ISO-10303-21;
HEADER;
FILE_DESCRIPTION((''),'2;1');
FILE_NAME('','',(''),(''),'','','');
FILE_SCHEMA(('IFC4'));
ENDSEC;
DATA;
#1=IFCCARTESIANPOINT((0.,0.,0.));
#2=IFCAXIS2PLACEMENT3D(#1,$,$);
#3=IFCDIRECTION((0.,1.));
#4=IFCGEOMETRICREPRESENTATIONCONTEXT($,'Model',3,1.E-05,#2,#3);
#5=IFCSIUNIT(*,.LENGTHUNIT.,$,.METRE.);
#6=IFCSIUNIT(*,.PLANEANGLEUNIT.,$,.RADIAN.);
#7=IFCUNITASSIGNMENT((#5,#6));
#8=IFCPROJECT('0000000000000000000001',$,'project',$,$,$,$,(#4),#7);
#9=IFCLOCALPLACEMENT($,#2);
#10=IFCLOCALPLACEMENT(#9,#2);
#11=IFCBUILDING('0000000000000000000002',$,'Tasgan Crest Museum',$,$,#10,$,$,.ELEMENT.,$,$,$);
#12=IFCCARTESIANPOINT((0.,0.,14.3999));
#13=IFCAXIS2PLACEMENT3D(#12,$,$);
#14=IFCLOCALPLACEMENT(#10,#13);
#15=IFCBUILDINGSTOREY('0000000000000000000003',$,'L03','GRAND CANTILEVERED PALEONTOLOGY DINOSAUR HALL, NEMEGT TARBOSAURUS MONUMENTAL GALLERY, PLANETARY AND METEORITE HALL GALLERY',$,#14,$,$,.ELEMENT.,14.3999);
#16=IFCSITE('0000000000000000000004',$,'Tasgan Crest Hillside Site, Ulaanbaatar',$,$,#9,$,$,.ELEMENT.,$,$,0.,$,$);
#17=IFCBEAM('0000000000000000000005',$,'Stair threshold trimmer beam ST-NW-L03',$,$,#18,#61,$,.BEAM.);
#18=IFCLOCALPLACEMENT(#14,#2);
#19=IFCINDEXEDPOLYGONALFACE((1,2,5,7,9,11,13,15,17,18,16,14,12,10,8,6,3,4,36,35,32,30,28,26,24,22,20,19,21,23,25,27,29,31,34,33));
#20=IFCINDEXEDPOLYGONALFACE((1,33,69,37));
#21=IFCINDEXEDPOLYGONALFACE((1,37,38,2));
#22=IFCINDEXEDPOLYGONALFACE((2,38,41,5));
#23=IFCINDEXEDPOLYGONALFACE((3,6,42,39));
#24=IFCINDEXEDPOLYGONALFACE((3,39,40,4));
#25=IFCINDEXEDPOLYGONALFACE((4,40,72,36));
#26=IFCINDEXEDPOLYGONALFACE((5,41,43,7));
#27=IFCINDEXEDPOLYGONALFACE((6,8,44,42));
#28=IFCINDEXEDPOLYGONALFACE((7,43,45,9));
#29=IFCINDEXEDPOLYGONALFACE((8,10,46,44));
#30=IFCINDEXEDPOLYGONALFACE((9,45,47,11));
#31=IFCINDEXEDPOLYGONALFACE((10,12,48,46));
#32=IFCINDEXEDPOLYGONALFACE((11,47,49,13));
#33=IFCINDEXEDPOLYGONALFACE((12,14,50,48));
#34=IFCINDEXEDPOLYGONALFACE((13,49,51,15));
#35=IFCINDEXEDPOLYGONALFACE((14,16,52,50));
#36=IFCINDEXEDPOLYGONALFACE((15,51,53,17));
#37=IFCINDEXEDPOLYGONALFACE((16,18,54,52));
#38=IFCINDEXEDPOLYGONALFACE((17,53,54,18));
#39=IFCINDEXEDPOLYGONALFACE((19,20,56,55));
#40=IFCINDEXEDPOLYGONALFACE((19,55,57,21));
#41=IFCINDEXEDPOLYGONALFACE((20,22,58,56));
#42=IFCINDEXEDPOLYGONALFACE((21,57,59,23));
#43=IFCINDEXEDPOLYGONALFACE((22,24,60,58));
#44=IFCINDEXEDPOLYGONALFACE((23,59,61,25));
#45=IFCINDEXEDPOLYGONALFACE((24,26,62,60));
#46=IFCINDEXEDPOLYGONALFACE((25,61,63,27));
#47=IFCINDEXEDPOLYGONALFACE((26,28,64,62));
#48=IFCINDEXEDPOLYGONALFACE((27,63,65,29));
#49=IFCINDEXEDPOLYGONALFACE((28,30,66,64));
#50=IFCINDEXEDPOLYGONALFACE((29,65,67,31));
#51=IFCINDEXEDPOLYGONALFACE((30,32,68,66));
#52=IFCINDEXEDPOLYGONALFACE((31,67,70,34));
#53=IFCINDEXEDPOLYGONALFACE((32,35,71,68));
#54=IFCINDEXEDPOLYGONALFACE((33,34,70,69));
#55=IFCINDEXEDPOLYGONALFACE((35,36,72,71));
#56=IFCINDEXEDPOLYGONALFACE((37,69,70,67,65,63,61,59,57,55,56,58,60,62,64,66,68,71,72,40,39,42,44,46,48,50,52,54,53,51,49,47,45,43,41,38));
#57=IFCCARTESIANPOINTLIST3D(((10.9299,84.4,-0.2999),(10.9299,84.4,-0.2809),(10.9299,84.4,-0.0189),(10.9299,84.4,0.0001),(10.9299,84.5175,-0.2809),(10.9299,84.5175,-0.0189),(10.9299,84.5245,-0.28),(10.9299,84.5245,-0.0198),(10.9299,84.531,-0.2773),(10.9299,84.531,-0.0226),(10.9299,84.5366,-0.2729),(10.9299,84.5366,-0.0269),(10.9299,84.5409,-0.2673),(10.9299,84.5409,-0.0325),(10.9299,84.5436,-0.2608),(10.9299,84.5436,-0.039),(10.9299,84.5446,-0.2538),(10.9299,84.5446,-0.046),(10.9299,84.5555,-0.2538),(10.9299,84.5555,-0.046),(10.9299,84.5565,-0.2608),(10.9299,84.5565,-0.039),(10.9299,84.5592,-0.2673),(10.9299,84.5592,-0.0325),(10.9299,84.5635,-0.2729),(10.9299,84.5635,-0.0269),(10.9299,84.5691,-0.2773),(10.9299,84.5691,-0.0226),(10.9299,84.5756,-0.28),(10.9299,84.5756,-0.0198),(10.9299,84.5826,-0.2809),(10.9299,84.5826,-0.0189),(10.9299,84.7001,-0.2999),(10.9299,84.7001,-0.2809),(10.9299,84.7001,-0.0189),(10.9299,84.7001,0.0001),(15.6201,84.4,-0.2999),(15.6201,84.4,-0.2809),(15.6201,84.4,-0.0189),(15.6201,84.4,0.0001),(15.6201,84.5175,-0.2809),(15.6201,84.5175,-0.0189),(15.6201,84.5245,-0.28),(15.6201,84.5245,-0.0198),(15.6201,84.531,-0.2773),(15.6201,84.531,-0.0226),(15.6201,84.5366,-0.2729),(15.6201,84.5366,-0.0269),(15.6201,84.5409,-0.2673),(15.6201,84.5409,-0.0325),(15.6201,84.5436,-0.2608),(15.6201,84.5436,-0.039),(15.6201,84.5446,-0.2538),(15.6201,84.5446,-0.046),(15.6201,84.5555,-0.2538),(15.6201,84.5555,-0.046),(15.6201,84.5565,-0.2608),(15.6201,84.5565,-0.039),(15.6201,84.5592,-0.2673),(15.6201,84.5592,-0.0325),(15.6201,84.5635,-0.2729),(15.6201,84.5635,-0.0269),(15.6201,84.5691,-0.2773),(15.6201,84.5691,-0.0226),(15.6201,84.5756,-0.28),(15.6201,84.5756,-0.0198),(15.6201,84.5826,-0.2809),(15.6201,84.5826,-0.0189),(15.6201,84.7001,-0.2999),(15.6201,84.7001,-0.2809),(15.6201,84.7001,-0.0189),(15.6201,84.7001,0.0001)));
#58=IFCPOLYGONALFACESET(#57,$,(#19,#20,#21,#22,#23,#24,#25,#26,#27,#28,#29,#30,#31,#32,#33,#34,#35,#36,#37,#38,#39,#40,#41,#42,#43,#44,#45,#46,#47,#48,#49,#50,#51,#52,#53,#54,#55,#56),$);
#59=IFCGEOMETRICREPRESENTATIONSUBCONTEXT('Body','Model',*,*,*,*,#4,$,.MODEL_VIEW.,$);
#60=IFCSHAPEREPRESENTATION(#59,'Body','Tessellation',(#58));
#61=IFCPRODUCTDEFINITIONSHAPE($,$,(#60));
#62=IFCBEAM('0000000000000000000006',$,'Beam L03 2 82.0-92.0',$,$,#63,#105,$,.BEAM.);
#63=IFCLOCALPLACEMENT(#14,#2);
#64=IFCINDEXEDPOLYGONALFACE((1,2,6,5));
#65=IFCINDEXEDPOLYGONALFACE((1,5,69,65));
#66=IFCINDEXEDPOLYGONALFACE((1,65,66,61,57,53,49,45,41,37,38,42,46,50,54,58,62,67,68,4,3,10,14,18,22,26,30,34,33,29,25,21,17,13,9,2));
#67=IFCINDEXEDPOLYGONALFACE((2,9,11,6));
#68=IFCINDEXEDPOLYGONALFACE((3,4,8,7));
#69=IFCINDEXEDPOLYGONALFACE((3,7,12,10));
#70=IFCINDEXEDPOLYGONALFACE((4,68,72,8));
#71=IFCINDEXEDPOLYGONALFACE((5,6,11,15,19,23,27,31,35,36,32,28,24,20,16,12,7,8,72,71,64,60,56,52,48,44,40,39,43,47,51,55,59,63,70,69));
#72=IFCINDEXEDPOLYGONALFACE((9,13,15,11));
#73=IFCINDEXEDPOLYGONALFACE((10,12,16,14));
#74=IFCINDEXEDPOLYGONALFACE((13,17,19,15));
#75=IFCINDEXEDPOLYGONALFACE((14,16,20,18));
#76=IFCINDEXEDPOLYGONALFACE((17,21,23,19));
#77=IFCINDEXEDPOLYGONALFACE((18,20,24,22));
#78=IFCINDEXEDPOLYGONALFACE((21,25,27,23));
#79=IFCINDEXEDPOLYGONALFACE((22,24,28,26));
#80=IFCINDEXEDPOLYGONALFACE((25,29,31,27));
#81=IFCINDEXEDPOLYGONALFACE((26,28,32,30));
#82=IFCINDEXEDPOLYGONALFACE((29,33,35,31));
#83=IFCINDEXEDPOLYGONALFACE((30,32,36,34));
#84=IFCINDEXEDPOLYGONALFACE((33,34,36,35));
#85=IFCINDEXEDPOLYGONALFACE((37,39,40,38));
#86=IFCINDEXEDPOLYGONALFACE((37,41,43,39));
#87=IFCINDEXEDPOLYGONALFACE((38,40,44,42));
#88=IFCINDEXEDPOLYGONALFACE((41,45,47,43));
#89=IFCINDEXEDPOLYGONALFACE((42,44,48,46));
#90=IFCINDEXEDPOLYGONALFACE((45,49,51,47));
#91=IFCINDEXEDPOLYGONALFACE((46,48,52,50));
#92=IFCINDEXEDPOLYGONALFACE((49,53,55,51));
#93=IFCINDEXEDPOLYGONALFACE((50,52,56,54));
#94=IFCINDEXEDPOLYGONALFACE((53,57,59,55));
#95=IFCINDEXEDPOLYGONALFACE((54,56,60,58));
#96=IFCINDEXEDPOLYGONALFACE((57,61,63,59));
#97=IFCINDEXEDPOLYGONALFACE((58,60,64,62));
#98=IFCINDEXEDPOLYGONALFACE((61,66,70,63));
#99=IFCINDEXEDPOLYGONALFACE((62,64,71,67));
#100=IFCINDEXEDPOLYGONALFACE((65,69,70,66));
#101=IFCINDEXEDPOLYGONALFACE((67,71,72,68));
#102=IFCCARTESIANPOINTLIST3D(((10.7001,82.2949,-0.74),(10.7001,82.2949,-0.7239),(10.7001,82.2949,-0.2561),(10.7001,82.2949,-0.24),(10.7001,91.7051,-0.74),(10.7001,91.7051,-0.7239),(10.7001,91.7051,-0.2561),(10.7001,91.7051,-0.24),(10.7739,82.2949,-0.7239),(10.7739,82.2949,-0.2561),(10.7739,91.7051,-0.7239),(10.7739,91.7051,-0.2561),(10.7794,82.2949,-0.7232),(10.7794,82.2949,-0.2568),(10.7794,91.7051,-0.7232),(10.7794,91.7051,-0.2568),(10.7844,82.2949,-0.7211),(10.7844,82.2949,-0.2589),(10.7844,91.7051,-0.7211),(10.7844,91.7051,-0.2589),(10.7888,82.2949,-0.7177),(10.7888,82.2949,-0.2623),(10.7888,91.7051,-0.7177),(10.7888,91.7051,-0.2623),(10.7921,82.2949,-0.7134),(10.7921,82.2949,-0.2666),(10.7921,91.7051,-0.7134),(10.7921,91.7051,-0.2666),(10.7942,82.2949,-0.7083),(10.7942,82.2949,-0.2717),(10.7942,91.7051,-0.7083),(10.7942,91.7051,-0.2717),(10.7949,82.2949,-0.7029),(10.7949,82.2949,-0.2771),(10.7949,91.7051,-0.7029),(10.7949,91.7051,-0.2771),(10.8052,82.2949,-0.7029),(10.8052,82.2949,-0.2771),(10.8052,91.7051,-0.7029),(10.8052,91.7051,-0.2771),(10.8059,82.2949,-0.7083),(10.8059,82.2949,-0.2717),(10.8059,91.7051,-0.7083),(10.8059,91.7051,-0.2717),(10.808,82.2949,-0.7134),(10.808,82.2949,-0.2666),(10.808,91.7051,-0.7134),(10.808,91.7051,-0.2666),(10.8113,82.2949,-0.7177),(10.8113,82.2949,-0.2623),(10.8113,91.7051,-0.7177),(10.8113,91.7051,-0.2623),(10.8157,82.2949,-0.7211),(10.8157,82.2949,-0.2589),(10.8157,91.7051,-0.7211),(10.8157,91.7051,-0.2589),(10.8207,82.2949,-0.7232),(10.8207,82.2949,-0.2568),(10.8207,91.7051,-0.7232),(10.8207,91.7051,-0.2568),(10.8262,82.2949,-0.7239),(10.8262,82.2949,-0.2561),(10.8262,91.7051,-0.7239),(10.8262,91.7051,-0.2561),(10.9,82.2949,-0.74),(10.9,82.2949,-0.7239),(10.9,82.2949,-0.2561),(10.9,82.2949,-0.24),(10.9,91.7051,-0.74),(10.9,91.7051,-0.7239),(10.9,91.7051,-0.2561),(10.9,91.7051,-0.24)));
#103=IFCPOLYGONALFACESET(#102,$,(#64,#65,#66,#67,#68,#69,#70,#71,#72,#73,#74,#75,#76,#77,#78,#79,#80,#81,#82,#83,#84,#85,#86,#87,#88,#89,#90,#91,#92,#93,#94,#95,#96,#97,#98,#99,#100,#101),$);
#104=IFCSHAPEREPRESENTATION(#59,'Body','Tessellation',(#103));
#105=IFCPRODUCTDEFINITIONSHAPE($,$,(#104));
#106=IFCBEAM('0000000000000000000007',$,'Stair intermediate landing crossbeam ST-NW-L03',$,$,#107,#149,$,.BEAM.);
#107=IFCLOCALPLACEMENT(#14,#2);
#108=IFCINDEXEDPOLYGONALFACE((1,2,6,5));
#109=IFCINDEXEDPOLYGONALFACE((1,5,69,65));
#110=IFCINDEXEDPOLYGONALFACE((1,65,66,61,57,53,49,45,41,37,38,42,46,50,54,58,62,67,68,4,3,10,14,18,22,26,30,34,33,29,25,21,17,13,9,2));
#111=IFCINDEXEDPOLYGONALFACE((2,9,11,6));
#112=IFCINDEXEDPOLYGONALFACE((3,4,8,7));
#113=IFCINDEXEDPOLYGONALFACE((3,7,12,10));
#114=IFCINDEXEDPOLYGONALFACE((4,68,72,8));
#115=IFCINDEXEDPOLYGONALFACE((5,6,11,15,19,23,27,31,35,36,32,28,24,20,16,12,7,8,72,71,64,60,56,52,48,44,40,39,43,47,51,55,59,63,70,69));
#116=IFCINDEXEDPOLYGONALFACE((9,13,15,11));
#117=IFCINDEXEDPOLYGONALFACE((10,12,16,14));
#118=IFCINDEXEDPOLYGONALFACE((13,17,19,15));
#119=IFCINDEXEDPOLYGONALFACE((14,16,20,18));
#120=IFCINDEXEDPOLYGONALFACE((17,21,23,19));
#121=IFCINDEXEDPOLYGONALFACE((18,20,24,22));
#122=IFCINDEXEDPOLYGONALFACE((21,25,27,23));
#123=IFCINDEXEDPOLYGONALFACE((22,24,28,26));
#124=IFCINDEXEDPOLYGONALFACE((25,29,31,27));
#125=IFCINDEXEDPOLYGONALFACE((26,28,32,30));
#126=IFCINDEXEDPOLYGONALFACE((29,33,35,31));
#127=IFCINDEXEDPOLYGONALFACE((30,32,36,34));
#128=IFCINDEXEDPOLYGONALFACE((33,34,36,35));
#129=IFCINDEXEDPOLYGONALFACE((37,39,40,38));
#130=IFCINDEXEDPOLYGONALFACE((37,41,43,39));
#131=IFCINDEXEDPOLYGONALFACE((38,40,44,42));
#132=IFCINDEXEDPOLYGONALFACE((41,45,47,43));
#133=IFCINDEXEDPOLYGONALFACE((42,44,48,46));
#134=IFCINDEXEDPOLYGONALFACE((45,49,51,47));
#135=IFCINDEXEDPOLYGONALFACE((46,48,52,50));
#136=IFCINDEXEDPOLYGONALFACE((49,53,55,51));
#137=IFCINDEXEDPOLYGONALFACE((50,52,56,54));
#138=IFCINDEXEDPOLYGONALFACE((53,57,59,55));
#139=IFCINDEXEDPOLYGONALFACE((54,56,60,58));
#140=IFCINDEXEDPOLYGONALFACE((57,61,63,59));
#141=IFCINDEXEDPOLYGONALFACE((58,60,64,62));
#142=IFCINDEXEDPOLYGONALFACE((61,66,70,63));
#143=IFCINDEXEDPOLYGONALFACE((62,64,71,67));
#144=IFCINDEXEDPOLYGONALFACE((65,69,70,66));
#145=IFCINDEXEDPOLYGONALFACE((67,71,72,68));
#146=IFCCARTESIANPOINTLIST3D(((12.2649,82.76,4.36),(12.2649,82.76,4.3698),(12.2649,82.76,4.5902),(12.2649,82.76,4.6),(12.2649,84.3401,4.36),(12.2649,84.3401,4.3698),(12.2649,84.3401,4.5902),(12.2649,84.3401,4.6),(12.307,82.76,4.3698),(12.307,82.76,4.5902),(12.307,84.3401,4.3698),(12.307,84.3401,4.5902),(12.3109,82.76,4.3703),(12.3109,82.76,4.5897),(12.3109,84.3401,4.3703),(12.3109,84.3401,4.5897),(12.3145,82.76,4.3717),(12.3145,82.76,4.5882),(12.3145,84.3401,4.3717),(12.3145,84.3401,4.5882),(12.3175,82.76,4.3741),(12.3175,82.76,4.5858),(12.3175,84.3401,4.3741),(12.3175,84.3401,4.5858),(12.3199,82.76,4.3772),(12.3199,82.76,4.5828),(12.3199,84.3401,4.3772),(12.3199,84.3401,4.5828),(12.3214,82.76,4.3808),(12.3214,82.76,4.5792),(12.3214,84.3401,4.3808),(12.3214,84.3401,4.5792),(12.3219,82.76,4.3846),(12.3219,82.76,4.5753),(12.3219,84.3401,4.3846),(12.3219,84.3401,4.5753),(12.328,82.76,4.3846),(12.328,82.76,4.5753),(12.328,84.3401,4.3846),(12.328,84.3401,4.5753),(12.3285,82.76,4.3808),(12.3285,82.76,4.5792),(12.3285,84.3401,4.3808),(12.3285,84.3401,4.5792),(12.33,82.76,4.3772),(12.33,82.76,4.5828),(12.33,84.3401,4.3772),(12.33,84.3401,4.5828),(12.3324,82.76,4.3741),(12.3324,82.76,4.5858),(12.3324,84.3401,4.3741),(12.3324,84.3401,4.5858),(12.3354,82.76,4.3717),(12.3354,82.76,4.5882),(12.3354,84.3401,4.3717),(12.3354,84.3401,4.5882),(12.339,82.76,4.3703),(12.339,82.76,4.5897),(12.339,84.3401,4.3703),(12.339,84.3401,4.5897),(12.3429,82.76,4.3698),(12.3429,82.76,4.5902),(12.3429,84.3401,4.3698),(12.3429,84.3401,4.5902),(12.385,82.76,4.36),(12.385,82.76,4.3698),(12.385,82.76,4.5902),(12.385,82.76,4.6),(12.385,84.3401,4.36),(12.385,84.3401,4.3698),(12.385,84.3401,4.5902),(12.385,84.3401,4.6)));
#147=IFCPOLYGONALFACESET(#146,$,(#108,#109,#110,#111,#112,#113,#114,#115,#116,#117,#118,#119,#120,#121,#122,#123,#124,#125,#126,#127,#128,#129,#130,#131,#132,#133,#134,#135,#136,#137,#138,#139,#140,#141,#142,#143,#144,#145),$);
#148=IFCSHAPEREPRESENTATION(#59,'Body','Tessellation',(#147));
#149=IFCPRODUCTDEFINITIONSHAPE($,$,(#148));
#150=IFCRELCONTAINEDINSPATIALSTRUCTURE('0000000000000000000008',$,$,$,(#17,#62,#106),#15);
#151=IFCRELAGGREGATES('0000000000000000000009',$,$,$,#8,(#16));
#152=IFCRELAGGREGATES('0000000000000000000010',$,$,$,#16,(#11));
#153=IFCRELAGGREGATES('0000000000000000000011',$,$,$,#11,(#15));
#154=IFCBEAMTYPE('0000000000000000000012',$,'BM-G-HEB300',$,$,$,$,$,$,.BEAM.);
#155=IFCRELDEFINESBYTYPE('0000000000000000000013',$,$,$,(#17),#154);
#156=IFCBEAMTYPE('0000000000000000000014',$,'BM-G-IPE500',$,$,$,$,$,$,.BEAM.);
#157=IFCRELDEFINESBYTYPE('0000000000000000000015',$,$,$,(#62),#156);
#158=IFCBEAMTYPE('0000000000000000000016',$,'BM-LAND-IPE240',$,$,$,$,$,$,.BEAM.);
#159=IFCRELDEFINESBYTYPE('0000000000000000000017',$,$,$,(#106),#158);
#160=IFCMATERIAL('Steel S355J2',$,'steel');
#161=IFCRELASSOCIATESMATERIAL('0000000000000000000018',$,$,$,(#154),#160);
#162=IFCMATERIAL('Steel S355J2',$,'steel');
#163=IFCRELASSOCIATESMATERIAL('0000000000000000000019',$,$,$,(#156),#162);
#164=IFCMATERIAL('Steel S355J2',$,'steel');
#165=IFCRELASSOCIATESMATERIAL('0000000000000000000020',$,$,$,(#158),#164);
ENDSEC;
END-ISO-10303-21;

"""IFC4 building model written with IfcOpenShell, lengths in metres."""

from ifc_helpers import new_model, si_unit, direction, frame, origin, origin_2d, place, context, subcontext, project, spatial, i_section, extrude, material, material_profile, profile_set, type_object, element, save


model = new_model("IFC4")

# Units and contexts
model_context = context("Model", 3, precision=1e-05, world=origin(), true_north=direction((0.0, 1.0)))
body_context = subcontext(model_context, "Body", "Model", "MODEL_VIEW")
ifc_project = project(units=[si_unit("LENGTHUNIT", "METRE"), si_unit("PLANEANGLEUNIT", "RADIAN")], contexts=[model_context])

# Site, building, storey
site_placement = place(None, origin())
site = spatial("IfcSite", under=ifc_project, at=site_placement, Name="Tasgan Crest Hillside Site, Ulaanbaatar", CompositionType="ELEMENT", RefElevation=0.0)
building_placement = place(site_placement, origin())
building = spatial("IfcBuilding", under=site, at=building_placement, Name="Tasgan Crest Museum", CompositionType="ELEMENT")
storey_placement = place(building_placement, frame((0.0, 0.0, 14.3999)))
storey = spatial("IfcBuildingStorey", under=building, at=storey_placement, Name="L03", Description="GRAND CANTILEVERED PALEONTOLOGY DINOSAUR HALL, NEMEGT TARBOSAURUS MONUMENTAL GALLERY, PLANETARY AND METEORITE HALL GALLERY", CompositionType="ELEMENT", Elevation=14.3999)

# Beams
ifc_material_1 = material(Name="Steel S355J2", Category="steel")
ifc_material_profile_1 = material_profile(ifc_material_1, i_section(OverallWidth=0.3, OverallDepth=0.3, WebThickness=0.011, FlangeThickness=0.019, FilletRadius=0.0271, at=origin_2d()), Name="HEB 300")
ifc_profile_set_1 = profile_set([ifc_material_profile_1], Name="Steel S355J2")
beam_type_1 = type_object("IfcBeamType", Name="BM-G-HEB300", PredefinedType="BEAM", material=ifc_profile_set_1)
beam_1_placement = place(storey_placement, frame((10.9299, 84.55, -0.1499), z_axis=(1.0, 0.0, 0.0), x_axis=(0.0, 1.0, 0.0)))
element("IfcBeam", 1, at=beam_1_placement, inside=storey, type_object=beam_type_1, Name="Stair threshold trimmer beam ST-NW-L03", PredefinedType="BEAM", context=body_context, shape_type="SweptSolid", body=[
    extrude(i_section(OverallWidth=0.3, OverallDepth=0.3, WebThickness=0.011, FlangeThickness=0.019, FilletRadius=0.0271, at=origin_2d()), origin(), (0.0, 0.0, 1.0), 4.6902),
])
ifc_material_2 = material(Name="Steel S355J2", Category="steel")
ifc_material_profile_2 = material_profile(ifc_material_2, i_section(OverallWidth=0.2, OverallDepth=0.5, WebThickness=0.0103, FlangeThickness=0.0161, FilletRadius=0.021, at=origin_2d()), Name="IPE 500")
ifc_profile_set_2 = profile_set([ifc_material_profile_2], Name="Steel S355J2")
beam_type_2 = type_object("IfcBeamType", Name="BM-G-IPE500", PredefinedType="BEAM", material=ifc_profile_set_2)
beam_2_placement = place(storey_placement, frame((10.8, 82.2949, -0.49), z_axis=(0.0, 1.0, 0.0), x_axis=(-1.0, 0.0, 0.0)))
element("IfcBeam", 2, at=beam_2_placement, inside=storey, type_object=beam_type_2, Name="Beam L03 2 82.0-92.0", PredefinedType="BEAM", context=body_context, shape_type="SweptSolid", body=[
    extrude(i_section(OverallWidth=0.2, OverallDepth=0.5, WebThickness=0.0103, FlangeThickness=0.0161, FilletRadius=0.021, at=origin_2d()), origin(), (0.0, 0.0, 1.0), 9.4102),
])
ifc_material_3 = material(Name="Steel S355J2", Category="steel")
ifc_material_profile_3 = material_profile(ifc_material_3, i_section(OverallWidth=0.1201, OverallDepth=0.24, WebThickness=0.0061, FlangeThickness=0.0098, FilletRadius=0.0149, at=origin_2d()), Name="IPE 240")
ifc_profile_set_3 = profile_set([ifc_material_profile_3], Name="Steel S355J2")
beam_type_3 = type_object("IfcBeamType", Name="BM-LAND-IPE240", PredefinedType="BEAM", material=ifc_profile_set_3)
beam_3_placement = place(storey_placement, frame((12.325, 82.76, 4.48), z_axis=(0.0, 1.0, 0.0), x_axis=(-1.0, 0.0, 0.0)))
element("IfcBeam", 3, at=beam_3_placement, inside=storey, type_object=beam_type_3, Name="Stair intermediate landing crossbeam ST-NW-L03", PredefinedType="BEAM", context=body_context, shape_type="SweptSolid", body=[
    extrude(i_section(OverallWidth=0.1201, OverallDepth=0.24, WebThickness=0.0061, FlangeThickness=0.0098, FilletRadius=0.0149, at=origin_2d()), origin(), (0.0, 0.0, 1.0), 1.5801),
])

save(model, "model.ifc")
